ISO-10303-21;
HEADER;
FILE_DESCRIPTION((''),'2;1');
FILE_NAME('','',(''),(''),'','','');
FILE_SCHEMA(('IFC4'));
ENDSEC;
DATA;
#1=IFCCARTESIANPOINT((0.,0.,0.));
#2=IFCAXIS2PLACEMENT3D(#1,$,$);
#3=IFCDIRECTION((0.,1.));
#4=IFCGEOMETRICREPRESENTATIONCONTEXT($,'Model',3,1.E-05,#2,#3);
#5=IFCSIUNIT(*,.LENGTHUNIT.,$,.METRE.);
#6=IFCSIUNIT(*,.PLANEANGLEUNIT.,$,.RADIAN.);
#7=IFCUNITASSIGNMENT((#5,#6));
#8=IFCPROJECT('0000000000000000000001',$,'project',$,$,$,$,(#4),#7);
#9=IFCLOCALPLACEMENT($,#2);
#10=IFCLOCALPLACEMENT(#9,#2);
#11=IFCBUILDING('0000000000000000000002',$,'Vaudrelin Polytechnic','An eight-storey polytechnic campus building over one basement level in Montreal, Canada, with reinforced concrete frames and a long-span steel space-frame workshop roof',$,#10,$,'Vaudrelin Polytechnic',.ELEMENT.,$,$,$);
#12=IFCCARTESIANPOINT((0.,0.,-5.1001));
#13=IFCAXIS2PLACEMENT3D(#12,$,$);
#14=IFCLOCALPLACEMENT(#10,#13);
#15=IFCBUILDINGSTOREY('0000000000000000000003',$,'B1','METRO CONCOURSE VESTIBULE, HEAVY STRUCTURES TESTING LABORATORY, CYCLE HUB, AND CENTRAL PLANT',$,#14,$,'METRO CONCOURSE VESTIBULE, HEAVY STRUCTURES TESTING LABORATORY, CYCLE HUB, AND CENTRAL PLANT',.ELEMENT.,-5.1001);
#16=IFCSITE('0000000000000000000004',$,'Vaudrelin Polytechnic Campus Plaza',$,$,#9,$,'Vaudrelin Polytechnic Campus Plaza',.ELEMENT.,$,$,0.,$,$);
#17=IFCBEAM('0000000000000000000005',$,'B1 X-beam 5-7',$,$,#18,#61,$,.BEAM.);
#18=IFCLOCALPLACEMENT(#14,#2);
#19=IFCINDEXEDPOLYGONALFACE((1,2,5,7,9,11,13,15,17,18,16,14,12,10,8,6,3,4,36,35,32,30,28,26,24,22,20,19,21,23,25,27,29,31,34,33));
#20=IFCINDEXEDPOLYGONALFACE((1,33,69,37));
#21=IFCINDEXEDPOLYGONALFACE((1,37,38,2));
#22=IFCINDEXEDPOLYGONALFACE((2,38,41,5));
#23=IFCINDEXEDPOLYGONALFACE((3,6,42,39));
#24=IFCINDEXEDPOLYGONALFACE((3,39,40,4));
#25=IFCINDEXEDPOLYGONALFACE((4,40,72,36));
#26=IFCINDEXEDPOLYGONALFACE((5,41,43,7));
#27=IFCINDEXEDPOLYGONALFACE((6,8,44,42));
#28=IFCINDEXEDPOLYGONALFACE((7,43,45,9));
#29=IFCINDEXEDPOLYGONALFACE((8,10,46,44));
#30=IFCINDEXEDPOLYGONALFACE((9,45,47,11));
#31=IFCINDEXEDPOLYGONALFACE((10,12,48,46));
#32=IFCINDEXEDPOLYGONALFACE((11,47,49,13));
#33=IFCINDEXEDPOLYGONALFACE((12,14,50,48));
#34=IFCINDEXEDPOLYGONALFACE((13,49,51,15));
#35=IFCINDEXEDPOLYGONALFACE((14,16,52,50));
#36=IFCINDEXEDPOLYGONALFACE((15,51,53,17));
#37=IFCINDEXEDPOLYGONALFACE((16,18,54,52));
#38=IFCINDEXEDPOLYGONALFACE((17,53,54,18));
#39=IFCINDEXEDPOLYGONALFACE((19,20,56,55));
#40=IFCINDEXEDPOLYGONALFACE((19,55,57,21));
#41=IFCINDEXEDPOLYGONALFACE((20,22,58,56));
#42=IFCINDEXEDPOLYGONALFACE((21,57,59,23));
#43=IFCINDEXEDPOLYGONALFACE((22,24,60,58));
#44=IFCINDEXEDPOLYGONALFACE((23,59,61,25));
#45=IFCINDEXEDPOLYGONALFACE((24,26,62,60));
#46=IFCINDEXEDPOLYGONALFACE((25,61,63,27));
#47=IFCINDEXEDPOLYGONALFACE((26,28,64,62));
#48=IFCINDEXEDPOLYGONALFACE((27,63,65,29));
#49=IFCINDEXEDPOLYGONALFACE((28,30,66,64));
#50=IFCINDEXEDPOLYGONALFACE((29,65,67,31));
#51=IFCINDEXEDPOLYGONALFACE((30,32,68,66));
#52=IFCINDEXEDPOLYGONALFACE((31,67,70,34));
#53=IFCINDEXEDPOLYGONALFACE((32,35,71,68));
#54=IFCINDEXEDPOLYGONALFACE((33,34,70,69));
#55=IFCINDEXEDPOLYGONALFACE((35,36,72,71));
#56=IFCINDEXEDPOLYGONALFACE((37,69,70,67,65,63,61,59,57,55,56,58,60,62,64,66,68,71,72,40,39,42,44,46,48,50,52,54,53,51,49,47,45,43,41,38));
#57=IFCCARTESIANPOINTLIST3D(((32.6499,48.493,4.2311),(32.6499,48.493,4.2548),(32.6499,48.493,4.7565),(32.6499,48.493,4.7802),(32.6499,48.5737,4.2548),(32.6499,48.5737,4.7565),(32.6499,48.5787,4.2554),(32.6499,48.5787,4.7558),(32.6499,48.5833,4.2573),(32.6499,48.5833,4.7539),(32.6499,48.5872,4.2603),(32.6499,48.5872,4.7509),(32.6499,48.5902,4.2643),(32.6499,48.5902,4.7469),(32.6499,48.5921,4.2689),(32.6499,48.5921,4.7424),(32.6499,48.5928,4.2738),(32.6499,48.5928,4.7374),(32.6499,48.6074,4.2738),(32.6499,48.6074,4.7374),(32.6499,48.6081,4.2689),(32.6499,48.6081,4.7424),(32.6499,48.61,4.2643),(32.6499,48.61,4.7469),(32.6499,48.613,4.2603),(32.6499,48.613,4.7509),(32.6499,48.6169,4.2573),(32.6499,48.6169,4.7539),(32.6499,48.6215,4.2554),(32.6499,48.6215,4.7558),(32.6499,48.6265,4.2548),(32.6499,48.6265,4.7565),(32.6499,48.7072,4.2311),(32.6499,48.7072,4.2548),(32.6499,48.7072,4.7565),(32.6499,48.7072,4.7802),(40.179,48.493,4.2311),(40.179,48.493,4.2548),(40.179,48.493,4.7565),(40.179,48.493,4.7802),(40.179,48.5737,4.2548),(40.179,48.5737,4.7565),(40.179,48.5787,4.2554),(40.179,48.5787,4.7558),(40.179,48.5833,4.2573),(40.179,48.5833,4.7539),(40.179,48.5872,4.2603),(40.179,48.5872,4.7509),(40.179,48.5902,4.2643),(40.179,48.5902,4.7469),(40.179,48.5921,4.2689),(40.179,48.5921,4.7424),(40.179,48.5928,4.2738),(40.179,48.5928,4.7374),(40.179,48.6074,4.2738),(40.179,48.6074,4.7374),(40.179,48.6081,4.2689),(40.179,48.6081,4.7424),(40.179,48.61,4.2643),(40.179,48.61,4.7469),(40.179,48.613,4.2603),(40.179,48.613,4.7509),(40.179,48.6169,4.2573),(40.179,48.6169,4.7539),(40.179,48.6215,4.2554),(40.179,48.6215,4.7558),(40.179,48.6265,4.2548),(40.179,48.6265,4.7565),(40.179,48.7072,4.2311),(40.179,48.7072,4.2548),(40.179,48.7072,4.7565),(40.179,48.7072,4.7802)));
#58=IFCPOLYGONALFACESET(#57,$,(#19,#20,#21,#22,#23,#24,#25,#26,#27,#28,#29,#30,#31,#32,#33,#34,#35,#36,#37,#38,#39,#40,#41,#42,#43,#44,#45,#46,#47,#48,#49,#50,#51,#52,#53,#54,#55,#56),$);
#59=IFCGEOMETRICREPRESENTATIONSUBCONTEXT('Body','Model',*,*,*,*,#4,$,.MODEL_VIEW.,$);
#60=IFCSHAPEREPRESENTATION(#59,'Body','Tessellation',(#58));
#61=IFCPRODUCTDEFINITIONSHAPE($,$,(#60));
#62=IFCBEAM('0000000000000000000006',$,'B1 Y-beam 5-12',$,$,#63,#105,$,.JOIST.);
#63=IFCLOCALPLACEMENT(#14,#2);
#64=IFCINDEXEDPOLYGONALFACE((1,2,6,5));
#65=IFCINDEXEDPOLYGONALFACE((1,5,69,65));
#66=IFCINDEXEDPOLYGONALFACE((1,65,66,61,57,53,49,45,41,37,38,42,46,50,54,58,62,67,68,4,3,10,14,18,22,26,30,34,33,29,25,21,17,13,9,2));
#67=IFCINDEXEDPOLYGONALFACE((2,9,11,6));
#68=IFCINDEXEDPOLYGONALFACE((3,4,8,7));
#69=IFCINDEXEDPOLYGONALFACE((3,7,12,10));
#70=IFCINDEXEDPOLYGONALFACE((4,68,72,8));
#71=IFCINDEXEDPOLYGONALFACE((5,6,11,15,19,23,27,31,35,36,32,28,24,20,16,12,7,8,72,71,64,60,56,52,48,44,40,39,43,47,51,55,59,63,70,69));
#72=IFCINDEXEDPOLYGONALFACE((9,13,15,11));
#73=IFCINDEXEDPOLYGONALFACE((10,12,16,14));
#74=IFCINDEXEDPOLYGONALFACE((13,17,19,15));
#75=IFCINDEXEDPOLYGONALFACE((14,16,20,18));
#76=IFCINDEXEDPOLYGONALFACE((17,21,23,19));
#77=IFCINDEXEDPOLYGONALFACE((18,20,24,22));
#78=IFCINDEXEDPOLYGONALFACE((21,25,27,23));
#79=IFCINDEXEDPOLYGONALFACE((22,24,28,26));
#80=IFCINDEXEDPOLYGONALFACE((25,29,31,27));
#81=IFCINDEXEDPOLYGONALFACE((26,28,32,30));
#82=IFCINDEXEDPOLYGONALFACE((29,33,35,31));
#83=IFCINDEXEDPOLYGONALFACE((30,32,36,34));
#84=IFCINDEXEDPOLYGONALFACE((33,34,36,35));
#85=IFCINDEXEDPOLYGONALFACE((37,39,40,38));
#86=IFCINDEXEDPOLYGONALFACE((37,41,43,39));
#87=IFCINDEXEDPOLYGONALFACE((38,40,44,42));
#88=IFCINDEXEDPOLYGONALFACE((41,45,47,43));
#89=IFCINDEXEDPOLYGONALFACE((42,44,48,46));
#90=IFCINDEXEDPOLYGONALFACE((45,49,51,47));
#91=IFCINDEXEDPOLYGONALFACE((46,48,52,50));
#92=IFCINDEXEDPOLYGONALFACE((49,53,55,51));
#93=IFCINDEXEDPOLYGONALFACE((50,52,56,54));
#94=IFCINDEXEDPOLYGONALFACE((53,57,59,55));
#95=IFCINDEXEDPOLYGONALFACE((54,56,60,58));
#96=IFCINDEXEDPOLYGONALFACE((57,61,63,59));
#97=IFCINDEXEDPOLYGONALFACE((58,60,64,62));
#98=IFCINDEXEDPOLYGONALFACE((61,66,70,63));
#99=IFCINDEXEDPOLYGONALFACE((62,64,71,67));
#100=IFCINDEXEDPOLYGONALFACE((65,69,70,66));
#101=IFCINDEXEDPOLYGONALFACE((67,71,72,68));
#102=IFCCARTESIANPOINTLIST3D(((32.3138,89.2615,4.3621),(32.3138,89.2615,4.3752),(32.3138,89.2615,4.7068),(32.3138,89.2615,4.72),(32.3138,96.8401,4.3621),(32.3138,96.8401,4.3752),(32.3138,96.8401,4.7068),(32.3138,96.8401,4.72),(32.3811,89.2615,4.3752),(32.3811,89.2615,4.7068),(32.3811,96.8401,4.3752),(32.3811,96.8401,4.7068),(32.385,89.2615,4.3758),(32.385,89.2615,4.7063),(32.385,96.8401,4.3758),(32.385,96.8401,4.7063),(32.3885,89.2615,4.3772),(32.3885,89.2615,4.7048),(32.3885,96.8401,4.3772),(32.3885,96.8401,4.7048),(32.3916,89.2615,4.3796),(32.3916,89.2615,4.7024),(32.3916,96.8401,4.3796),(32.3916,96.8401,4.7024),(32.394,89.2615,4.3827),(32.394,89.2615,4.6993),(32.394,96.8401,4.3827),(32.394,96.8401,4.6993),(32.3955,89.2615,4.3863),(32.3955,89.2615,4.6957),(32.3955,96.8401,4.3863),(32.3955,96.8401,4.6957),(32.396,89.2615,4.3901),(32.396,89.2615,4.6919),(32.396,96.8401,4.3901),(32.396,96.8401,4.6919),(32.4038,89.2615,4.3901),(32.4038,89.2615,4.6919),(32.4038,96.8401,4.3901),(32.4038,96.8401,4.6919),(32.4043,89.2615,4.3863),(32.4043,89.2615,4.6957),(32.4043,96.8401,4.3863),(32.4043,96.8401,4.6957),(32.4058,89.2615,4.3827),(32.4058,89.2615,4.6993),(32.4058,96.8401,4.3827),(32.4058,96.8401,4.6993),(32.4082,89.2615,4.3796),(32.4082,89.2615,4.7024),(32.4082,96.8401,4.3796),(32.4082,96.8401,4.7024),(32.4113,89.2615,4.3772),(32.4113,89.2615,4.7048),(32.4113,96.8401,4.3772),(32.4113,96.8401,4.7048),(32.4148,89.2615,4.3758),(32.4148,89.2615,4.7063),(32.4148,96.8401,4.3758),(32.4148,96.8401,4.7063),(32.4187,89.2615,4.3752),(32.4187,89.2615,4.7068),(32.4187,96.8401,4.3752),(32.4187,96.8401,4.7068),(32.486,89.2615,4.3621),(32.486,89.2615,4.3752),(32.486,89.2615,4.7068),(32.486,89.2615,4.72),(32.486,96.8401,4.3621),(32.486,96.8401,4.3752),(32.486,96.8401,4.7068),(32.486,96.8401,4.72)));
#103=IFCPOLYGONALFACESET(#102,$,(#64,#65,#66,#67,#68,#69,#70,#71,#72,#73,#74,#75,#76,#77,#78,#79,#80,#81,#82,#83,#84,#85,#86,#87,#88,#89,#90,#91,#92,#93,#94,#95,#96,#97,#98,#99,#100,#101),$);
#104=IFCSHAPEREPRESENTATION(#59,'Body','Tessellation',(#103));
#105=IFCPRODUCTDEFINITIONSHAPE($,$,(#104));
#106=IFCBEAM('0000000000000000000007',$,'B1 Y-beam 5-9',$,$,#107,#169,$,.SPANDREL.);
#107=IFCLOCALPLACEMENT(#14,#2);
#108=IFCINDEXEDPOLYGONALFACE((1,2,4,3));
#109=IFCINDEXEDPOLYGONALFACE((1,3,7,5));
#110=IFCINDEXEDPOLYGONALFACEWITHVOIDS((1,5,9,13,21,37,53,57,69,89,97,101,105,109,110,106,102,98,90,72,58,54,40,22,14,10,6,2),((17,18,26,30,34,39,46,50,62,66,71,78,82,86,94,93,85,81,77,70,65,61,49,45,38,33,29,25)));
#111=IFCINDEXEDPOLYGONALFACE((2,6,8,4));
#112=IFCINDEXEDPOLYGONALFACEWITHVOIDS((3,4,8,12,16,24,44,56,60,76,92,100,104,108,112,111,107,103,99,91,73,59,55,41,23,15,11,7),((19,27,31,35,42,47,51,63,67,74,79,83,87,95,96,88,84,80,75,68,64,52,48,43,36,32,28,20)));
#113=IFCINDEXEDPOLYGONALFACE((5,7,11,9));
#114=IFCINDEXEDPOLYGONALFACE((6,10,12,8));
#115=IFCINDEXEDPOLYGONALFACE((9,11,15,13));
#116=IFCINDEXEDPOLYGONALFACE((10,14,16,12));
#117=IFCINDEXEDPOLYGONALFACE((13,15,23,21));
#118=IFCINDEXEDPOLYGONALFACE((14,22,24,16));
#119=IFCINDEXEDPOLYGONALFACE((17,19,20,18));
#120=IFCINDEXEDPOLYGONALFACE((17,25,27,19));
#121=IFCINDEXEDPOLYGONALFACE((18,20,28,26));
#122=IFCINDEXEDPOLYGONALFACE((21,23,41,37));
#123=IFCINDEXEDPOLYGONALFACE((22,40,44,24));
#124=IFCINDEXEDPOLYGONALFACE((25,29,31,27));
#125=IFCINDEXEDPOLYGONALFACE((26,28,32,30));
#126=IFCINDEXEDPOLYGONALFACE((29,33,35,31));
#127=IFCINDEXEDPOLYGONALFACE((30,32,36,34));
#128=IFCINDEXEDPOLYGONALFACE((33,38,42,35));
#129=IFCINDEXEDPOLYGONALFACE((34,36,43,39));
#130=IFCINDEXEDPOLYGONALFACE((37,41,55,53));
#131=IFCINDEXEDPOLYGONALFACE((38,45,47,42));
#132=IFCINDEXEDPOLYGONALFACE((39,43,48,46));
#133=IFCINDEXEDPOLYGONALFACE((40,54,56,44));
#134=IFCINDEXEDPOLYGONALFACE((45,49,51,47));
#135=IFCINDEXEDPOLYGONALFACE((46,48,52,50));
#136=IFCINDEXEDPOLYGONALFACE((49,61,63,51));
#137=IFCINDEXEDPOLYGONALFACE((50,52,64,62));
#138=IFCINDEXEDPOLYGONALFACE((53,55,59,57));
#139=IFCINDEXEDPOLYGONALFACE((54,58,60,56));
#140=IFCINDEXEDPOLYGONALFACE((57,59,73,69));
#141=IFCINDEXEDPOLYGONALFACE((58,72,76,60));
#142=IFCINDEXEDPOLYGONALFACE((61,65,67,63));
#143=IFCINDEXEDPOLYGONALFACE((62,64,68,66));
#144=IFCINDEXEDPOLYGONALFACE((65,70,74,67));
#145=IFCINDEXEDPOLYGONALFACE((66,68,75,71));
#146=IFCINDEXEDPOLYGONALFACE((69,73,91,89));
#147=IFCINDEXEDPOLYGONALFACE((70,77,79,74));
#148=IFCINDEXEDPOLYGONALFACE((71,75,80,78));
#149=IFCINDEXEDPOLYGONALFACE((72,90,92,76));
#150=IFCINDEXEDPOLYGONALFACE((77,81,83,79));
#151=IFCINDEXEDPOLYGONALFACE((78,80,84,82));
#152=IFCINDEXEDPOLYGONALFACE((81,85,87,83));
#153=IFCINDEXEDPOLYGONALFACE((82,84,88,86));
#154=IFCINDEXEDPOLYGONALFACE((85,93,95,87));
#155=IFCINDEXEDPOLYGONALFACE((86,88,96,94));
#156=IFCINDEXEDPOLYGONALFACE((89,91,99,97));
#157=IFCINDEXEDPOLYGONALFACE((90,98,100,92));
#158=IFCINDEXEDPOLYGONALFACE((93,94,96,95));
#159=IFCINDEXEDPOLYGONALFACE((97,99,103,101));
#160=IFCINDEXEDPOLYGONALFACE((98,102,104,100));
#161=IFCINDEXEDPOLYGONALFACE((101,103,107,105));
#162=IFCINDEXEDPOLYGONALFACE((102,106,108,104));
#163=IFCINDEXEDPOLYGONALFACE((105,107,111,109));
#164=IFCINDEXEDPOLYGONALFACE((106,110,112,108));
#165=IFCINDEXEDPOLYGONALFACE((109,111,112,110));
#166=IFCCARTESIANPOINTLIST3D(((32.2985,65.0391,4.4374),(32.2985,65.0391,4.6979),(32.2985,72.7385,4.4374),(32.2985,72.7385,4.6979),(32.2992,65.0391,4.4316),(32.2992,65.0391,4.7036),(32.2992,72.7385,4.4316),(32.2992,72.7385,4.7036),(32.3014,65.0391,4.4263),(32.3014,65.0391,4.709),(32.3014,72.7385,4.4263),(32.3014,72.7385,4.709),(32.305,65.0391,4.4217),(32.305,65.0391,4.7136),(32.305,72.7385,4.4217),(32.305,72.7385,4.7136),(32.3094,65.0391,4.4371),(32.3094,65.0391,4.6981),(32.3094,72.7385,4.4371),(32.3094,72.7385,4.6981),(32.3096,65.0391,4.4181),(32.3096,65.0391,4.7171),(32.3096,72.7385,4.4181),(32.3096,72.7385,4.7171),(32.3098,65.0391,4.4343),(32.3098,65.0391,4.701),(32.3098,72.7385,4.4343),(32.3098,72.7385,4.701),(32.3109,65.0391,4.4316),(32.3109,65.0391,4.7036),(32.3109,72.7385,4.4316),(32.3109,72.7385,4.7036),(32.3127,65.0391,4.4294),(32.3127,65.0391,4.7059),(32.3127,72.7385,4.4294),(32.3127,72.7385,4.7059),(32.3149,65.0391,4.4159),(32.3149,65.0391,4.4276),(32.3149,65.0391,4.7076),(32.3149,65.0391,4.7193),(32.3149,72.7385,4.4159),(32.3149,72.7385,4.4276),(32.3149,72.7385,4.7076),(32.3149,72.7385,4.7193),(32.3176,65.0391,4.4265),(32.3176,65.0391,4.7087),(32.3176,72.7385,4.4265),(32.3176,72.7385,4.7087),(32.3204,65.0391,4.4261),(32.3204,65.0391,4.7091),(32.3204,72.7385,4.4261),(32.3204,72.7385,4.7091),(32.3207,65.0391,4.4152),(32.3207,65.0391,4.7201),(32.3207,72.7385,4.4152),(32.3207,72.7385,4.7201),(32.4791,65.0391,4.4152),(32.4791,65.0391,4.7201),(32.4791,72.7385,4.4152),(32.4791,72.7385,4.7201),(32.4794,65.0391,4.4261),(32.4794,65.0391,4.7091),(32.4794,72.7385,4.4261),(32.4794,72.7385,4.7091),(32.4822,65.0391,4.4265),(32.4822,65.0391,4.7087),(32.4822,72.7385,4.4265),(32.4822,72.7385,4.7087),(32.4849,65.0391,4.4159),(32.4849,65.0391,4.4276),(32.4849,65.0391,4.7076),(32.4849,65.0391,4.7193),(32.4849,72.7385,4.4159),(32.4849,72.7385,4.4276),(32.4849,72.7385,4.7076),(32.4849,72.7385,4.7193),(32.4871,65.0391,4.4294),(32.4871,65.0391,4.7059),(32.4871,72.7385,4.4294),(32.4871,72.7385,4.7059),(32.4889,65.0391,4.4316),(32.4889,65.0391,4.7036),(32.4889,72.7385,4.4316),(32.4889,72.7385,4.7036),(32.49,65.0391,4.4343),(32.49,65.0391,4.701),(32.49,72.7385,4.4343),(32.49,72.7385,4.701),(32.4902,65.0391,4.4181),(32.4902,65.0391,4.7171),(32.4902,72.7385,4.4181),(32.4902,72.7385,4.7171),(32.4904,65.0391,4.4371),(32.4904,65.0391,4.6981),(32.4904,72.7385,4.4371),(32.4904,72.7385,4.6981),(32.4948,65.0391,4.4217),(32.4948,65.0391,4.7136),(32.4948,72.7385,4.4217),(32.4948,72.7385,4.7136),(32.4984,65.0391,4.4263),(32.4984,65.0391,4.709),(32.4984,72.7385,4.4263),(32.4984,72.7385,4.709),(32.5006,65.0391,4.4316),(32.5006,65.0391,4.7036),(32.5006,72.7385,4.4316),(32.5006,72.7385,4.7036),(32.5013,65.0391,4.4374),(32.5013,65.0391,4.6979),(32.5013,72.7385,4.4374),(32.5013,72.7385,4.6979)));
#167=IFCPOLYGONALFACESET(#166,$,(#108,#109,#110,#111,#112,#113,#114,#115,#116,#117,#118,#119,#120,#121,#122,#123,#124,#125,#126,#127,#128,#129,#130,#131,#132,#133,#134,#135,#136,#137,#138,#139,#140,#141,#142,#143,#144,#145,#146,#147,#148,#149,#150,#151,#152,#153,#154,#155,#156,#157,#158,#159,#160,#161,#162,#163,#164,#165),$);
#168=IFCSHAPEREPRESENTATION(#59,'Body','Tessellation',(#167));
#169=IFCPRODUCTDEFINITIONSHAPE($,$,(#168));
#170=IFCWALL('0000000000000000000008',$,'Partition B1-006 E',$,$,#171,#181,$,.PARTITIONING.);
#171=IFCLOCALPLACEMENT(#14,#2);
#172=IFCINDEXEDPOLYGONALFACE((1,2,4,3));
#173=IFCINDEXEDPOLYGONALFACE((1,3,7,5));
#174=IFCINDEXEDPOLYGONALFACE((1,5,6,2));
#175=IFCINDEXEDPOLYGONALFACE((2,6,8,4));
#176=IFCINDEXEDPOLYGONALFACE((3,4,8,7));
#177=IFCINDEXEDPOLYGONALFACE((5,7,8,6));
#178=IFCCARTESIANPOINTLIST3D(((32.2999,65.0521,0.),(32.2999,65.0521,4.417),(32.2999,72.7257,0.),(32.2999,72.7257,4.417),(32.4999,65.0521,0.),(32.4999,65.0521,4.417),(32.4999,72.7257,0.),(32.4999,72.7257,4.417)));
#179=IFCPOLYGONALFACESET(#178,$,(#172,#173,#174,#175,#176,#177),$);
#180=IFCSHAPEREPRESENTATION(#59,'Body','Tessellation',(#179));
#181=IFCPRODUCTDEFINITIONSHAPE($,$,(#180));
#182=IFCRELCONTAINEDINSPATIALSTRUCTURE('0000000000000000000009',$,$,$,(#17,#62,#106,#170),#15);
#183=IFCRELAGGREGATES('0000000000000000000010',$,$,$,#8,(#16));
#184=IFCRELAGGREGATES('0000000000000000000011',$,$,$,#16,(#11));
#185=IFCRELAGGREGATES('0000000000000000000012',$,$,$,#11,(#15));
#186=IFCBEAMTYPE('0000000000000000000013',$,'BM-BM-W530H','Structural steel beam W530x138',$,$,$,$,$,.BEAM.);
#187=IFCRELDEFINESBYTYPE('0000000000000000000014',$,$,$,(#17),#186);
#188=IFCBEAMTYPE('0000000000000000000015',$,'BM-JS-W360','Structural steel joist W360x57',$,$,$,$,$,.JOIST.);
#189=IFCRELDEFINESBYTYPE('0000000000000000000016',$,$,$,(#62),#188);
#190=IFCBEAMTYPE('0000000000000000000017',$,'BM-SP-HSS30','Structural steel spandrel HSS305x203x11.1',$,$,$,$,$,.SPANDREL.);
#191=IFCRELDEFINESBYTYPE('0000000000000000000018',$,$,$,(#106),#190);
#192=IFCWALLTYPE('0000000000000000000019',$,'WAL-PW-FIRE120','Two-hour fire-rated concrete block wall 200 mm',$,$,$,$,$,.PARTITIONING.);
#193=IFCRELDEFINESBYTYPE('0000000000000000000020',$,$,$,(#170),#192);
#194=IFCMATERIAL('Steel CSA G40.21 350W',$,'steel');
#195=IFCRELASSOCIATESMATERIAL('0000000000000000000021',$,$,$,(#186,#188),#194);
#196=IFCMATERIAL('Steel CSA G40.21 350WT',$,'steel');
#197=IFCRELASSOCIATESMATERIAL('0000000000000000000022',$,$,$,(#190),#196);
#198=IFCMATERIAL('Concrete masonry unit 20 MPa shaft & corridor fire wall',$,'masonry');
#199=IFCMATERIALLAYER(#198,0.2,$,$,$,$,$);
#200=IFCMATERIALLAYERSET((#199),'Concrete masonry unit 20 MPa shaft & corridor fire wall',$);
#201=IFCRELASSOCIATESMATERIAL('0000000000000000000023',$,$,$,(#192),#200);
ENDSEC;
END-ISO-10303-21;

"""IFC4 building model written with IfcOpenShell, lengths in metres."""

from ifc_helpers import new_model, si_unit, direction, frame, frame_2d, origin, origin_2d, place, context, subcontext, project, spatial, rectangle, hollow_rectangle, i_section, extrude, material, layer, layer_set, material_profile, profile_set, type_object, element, save


model = new_model("IFC4")

# Units and contexts
model_context = context("Model", 3, precision=1e-05, world=origin(), true_north=direction((0.0, 1.0)))
body_context = subcontext(model_context, "Body", "Model", "MODEL_VIEW")
ifc_project = project(units=[si_unit("LENGTHUNIT", "METRE"), si_unit("PLANEANGLEUNIT", "RADIAN")], contexts=[model_context])

# Site, building, storey
site_placement = place(None, origin())
site = spatial("IfcSite", under=ifc_project, at=site_placement, Name="Vaudrelin Polytechnic Campus Plaza", LongName="Vaudrelin Polytechnic Campus Plaza", CompositionType="ELEMENT", RefElevation=0.0)
building_placement = place(site_placement, origin())
building = spatial("IfcBuilding", under=site, at=building_placement, Name="Vaudrelin Polytechnic", Description="An eight-storey polytechnic campus building over one basement level in Montreal, Canada, with reinforced concrete frames and a long-span steel space-frame workshop roof", LongName="Vaudrelin Polytechnic", CompositionType="ELEMENT")
storey_placement = place(building_placement, frame((0.0, 0.0, -5.1001)))
storey = spatial("IfcBuildingStorey", under=building, at=storey_placement, Name="B1", Description="METRO CONCOURSE VESTIBULE, HEAVY STRUCTURES TESTING LABORATORY, CYCLE HUB, AND CENTRAL PLANT", LongName="METRO CONCOURSE VESTIBULE, HEAVY STRUCTURES TESTING LABORATORY, CYCLE HUB, AND CENTRAL PLANT", CompositionType="ELEMENT", Elevation=-5.1001)

# Shared definitions
ifc_material_1 = material(Name="Steel CSA G40.21 350WT", Category="steel")
ifc_material_2 = material(Name="Steel CSA G40.21 350W", Category="steel")

# Beams
ifc_material_profile_1 = material_profile(ifc_material_2, i_section(OverallWidth=0.2141, OverallDepth=0.5491, WebThickness=0.0146, FlangeThickness=0.0237, FilletRadius=0.019, at=origin_2d()), Name="W530x138")
ifc_profile_set_1 = profile_set([ifc_material_profile_1], Name="Steel CSA G40.21 350W")
beam_type_1 = type_object("IfcBeamType", Name="BM-BM-W530H", Description="Structural steel beam W530x138", PredefinedType="BEAM", material=ifc_profile_set_1)
beam_1_placement = place(storey_placement, frame((32.6499, 48.6001, 4.5056), z_axis=(1.0, 0.0, 0.0), x_axis=(0.0, 1.0, 0.0)))
element("IfcBeam", 1, at=beam_1_placement, inside=storey, type_object=beam_type_1, Name="B1 X-beam 5-7", PredefinedType="BEAM", context=body_context, shape_type="SweptSolid", body=[
    extrude(i_section(OverallWidth=0.2141, OverallDepth=0.5491, WebThickness=0.0146, FlangeThickness=0.0237, FilletRadius=0.019, at=origin_2d()), origin(), (0.0, 0.0, 1.0), 7.5291),
])
ifc_material_profile_2 = material_profile(ifc_material_2, i_section(OverallWidth=0.1721, OverallDepth=0.3579, WebThickness=0.0078, FlangeThickness=0.0132, FilletRadius=0.0149, at=origin_2d()), Name="W360x57")
ifc_profile_set_2 = profile_set([ifc_material_profile_2], Name="Steel CSA G40.21 350W")
beam_type_2 = type_object("IfcBeamType", Name="BM-JS-W360", Description="Structural steel joist W360x57", PredefinedType="JOIST", material=ifc_profile_set_2)
beam_2_placement = place(storey_placement, frame((32.3999, 89.2615, 4.541), z_axis=(0.0, 1.0, 0.0), x_axis=(-1.0, 0.0, 0.0)))
element("IfcBeam", 2, at=beam_2_placement, inside=storey, type_object=beam_type_2, Name="B1 Y-beam 5-12", PredefinedType="JOIST", context=body_context, shape_type="SweptSolid", body=[
    extrude(i_section(OverallWidth=0.1721, OverallDepth=0.3579, WebThickness=0.0078, FlangeThickness=0.0132, FilletRadius=0.0149, at=origin_2d()), origin(), (0.0, 0.0, 1.0), 7.5786),
])
ifc_material_profile_3 = material_profile(ifc_material_1, hollow_rectangle(XDim=0.2029, YDim=0.3049, WallThickness=0.011, InnerFilletRadius=0.011, OuterFilletRadius=0.0222, at=origin_2d()), Name="HSS305x203x11.1")
ifc_profile_set_3 = profile_set([ifc_material_profile_3], Name="Steel CSA G40.21 350WT")
beam_type_3 = type_object("IfcBeamType", Name="BM-SP-HSS30", Description="Structural steel spandrel HSS305x203x11.1", PredefinedType="SPANDREL", material=ifc_profile_set_3)
beam_3_placement = place(storey_placement, frame((32.3999, 65.0391, 4.5676), z_axis=(0.0, 1.0, 0.0), x_axis=(-1.0, 0.0, 0.0)))
element("IfcBeam", 3, at=beam_3_placement, inside=storey, type_object=beam_type_3, Name="B1 Y-beam 5-9", PredefinedType="SPANDREL", context=body_context, shape_type="SweptSolid", body=[
    extrude(hollow_rectangle(XDim=0.2029, YDim=0.3049, WallThickness=0.011, InnerFilletRadius=0.011, OuterFilletRadius=0.0222, at=origin_2d()), origin(), (0.0, 0.0, 1.0), 7.6995),
])

# Wall
ifc_material_3 = material(Name="Concrete masonry unit 20 MPa shaft & corridor fire wall", Category="masonry")
ifc_layer_1 = layer(ifc_material_3, 0.2)
ifc_layer_set_1 = layer_set([ifc_layer_1], Name="Concrete masonry unit 20 MPa shaft & corridor fire wall")
wall_type_1 = type_object("IfcWallType", Name="WAL-PW-FIRE120", Description="Two-hour fire-rated concrete block wall 200 mm", PredefinedType="PARTITIONING", material=ifc_layer_set_1)
wall_1_placement = place(storey_placement, frame((32.3999, 65.052, 0.0), z_axis=(0.0, 0.0, 1.0), x_axis=(0.0, 1.0, 0.0)))
element("IfcWall", 4, at=wall_1_placement, inside=storey, type_object=wall_type_1, Name="Partition B1-006 E", PredefinedType="PARTITIONING", context=body_context, shape_type="SweptSolid", body=[
    extrude(rectangle(XDim=7.6736, YDim=0.2, at=frame_2d((3.8369, 0.0))), origin(), (0.0, 0.0, 1.0), 4.417),
])

save(model, "model.ifc")
